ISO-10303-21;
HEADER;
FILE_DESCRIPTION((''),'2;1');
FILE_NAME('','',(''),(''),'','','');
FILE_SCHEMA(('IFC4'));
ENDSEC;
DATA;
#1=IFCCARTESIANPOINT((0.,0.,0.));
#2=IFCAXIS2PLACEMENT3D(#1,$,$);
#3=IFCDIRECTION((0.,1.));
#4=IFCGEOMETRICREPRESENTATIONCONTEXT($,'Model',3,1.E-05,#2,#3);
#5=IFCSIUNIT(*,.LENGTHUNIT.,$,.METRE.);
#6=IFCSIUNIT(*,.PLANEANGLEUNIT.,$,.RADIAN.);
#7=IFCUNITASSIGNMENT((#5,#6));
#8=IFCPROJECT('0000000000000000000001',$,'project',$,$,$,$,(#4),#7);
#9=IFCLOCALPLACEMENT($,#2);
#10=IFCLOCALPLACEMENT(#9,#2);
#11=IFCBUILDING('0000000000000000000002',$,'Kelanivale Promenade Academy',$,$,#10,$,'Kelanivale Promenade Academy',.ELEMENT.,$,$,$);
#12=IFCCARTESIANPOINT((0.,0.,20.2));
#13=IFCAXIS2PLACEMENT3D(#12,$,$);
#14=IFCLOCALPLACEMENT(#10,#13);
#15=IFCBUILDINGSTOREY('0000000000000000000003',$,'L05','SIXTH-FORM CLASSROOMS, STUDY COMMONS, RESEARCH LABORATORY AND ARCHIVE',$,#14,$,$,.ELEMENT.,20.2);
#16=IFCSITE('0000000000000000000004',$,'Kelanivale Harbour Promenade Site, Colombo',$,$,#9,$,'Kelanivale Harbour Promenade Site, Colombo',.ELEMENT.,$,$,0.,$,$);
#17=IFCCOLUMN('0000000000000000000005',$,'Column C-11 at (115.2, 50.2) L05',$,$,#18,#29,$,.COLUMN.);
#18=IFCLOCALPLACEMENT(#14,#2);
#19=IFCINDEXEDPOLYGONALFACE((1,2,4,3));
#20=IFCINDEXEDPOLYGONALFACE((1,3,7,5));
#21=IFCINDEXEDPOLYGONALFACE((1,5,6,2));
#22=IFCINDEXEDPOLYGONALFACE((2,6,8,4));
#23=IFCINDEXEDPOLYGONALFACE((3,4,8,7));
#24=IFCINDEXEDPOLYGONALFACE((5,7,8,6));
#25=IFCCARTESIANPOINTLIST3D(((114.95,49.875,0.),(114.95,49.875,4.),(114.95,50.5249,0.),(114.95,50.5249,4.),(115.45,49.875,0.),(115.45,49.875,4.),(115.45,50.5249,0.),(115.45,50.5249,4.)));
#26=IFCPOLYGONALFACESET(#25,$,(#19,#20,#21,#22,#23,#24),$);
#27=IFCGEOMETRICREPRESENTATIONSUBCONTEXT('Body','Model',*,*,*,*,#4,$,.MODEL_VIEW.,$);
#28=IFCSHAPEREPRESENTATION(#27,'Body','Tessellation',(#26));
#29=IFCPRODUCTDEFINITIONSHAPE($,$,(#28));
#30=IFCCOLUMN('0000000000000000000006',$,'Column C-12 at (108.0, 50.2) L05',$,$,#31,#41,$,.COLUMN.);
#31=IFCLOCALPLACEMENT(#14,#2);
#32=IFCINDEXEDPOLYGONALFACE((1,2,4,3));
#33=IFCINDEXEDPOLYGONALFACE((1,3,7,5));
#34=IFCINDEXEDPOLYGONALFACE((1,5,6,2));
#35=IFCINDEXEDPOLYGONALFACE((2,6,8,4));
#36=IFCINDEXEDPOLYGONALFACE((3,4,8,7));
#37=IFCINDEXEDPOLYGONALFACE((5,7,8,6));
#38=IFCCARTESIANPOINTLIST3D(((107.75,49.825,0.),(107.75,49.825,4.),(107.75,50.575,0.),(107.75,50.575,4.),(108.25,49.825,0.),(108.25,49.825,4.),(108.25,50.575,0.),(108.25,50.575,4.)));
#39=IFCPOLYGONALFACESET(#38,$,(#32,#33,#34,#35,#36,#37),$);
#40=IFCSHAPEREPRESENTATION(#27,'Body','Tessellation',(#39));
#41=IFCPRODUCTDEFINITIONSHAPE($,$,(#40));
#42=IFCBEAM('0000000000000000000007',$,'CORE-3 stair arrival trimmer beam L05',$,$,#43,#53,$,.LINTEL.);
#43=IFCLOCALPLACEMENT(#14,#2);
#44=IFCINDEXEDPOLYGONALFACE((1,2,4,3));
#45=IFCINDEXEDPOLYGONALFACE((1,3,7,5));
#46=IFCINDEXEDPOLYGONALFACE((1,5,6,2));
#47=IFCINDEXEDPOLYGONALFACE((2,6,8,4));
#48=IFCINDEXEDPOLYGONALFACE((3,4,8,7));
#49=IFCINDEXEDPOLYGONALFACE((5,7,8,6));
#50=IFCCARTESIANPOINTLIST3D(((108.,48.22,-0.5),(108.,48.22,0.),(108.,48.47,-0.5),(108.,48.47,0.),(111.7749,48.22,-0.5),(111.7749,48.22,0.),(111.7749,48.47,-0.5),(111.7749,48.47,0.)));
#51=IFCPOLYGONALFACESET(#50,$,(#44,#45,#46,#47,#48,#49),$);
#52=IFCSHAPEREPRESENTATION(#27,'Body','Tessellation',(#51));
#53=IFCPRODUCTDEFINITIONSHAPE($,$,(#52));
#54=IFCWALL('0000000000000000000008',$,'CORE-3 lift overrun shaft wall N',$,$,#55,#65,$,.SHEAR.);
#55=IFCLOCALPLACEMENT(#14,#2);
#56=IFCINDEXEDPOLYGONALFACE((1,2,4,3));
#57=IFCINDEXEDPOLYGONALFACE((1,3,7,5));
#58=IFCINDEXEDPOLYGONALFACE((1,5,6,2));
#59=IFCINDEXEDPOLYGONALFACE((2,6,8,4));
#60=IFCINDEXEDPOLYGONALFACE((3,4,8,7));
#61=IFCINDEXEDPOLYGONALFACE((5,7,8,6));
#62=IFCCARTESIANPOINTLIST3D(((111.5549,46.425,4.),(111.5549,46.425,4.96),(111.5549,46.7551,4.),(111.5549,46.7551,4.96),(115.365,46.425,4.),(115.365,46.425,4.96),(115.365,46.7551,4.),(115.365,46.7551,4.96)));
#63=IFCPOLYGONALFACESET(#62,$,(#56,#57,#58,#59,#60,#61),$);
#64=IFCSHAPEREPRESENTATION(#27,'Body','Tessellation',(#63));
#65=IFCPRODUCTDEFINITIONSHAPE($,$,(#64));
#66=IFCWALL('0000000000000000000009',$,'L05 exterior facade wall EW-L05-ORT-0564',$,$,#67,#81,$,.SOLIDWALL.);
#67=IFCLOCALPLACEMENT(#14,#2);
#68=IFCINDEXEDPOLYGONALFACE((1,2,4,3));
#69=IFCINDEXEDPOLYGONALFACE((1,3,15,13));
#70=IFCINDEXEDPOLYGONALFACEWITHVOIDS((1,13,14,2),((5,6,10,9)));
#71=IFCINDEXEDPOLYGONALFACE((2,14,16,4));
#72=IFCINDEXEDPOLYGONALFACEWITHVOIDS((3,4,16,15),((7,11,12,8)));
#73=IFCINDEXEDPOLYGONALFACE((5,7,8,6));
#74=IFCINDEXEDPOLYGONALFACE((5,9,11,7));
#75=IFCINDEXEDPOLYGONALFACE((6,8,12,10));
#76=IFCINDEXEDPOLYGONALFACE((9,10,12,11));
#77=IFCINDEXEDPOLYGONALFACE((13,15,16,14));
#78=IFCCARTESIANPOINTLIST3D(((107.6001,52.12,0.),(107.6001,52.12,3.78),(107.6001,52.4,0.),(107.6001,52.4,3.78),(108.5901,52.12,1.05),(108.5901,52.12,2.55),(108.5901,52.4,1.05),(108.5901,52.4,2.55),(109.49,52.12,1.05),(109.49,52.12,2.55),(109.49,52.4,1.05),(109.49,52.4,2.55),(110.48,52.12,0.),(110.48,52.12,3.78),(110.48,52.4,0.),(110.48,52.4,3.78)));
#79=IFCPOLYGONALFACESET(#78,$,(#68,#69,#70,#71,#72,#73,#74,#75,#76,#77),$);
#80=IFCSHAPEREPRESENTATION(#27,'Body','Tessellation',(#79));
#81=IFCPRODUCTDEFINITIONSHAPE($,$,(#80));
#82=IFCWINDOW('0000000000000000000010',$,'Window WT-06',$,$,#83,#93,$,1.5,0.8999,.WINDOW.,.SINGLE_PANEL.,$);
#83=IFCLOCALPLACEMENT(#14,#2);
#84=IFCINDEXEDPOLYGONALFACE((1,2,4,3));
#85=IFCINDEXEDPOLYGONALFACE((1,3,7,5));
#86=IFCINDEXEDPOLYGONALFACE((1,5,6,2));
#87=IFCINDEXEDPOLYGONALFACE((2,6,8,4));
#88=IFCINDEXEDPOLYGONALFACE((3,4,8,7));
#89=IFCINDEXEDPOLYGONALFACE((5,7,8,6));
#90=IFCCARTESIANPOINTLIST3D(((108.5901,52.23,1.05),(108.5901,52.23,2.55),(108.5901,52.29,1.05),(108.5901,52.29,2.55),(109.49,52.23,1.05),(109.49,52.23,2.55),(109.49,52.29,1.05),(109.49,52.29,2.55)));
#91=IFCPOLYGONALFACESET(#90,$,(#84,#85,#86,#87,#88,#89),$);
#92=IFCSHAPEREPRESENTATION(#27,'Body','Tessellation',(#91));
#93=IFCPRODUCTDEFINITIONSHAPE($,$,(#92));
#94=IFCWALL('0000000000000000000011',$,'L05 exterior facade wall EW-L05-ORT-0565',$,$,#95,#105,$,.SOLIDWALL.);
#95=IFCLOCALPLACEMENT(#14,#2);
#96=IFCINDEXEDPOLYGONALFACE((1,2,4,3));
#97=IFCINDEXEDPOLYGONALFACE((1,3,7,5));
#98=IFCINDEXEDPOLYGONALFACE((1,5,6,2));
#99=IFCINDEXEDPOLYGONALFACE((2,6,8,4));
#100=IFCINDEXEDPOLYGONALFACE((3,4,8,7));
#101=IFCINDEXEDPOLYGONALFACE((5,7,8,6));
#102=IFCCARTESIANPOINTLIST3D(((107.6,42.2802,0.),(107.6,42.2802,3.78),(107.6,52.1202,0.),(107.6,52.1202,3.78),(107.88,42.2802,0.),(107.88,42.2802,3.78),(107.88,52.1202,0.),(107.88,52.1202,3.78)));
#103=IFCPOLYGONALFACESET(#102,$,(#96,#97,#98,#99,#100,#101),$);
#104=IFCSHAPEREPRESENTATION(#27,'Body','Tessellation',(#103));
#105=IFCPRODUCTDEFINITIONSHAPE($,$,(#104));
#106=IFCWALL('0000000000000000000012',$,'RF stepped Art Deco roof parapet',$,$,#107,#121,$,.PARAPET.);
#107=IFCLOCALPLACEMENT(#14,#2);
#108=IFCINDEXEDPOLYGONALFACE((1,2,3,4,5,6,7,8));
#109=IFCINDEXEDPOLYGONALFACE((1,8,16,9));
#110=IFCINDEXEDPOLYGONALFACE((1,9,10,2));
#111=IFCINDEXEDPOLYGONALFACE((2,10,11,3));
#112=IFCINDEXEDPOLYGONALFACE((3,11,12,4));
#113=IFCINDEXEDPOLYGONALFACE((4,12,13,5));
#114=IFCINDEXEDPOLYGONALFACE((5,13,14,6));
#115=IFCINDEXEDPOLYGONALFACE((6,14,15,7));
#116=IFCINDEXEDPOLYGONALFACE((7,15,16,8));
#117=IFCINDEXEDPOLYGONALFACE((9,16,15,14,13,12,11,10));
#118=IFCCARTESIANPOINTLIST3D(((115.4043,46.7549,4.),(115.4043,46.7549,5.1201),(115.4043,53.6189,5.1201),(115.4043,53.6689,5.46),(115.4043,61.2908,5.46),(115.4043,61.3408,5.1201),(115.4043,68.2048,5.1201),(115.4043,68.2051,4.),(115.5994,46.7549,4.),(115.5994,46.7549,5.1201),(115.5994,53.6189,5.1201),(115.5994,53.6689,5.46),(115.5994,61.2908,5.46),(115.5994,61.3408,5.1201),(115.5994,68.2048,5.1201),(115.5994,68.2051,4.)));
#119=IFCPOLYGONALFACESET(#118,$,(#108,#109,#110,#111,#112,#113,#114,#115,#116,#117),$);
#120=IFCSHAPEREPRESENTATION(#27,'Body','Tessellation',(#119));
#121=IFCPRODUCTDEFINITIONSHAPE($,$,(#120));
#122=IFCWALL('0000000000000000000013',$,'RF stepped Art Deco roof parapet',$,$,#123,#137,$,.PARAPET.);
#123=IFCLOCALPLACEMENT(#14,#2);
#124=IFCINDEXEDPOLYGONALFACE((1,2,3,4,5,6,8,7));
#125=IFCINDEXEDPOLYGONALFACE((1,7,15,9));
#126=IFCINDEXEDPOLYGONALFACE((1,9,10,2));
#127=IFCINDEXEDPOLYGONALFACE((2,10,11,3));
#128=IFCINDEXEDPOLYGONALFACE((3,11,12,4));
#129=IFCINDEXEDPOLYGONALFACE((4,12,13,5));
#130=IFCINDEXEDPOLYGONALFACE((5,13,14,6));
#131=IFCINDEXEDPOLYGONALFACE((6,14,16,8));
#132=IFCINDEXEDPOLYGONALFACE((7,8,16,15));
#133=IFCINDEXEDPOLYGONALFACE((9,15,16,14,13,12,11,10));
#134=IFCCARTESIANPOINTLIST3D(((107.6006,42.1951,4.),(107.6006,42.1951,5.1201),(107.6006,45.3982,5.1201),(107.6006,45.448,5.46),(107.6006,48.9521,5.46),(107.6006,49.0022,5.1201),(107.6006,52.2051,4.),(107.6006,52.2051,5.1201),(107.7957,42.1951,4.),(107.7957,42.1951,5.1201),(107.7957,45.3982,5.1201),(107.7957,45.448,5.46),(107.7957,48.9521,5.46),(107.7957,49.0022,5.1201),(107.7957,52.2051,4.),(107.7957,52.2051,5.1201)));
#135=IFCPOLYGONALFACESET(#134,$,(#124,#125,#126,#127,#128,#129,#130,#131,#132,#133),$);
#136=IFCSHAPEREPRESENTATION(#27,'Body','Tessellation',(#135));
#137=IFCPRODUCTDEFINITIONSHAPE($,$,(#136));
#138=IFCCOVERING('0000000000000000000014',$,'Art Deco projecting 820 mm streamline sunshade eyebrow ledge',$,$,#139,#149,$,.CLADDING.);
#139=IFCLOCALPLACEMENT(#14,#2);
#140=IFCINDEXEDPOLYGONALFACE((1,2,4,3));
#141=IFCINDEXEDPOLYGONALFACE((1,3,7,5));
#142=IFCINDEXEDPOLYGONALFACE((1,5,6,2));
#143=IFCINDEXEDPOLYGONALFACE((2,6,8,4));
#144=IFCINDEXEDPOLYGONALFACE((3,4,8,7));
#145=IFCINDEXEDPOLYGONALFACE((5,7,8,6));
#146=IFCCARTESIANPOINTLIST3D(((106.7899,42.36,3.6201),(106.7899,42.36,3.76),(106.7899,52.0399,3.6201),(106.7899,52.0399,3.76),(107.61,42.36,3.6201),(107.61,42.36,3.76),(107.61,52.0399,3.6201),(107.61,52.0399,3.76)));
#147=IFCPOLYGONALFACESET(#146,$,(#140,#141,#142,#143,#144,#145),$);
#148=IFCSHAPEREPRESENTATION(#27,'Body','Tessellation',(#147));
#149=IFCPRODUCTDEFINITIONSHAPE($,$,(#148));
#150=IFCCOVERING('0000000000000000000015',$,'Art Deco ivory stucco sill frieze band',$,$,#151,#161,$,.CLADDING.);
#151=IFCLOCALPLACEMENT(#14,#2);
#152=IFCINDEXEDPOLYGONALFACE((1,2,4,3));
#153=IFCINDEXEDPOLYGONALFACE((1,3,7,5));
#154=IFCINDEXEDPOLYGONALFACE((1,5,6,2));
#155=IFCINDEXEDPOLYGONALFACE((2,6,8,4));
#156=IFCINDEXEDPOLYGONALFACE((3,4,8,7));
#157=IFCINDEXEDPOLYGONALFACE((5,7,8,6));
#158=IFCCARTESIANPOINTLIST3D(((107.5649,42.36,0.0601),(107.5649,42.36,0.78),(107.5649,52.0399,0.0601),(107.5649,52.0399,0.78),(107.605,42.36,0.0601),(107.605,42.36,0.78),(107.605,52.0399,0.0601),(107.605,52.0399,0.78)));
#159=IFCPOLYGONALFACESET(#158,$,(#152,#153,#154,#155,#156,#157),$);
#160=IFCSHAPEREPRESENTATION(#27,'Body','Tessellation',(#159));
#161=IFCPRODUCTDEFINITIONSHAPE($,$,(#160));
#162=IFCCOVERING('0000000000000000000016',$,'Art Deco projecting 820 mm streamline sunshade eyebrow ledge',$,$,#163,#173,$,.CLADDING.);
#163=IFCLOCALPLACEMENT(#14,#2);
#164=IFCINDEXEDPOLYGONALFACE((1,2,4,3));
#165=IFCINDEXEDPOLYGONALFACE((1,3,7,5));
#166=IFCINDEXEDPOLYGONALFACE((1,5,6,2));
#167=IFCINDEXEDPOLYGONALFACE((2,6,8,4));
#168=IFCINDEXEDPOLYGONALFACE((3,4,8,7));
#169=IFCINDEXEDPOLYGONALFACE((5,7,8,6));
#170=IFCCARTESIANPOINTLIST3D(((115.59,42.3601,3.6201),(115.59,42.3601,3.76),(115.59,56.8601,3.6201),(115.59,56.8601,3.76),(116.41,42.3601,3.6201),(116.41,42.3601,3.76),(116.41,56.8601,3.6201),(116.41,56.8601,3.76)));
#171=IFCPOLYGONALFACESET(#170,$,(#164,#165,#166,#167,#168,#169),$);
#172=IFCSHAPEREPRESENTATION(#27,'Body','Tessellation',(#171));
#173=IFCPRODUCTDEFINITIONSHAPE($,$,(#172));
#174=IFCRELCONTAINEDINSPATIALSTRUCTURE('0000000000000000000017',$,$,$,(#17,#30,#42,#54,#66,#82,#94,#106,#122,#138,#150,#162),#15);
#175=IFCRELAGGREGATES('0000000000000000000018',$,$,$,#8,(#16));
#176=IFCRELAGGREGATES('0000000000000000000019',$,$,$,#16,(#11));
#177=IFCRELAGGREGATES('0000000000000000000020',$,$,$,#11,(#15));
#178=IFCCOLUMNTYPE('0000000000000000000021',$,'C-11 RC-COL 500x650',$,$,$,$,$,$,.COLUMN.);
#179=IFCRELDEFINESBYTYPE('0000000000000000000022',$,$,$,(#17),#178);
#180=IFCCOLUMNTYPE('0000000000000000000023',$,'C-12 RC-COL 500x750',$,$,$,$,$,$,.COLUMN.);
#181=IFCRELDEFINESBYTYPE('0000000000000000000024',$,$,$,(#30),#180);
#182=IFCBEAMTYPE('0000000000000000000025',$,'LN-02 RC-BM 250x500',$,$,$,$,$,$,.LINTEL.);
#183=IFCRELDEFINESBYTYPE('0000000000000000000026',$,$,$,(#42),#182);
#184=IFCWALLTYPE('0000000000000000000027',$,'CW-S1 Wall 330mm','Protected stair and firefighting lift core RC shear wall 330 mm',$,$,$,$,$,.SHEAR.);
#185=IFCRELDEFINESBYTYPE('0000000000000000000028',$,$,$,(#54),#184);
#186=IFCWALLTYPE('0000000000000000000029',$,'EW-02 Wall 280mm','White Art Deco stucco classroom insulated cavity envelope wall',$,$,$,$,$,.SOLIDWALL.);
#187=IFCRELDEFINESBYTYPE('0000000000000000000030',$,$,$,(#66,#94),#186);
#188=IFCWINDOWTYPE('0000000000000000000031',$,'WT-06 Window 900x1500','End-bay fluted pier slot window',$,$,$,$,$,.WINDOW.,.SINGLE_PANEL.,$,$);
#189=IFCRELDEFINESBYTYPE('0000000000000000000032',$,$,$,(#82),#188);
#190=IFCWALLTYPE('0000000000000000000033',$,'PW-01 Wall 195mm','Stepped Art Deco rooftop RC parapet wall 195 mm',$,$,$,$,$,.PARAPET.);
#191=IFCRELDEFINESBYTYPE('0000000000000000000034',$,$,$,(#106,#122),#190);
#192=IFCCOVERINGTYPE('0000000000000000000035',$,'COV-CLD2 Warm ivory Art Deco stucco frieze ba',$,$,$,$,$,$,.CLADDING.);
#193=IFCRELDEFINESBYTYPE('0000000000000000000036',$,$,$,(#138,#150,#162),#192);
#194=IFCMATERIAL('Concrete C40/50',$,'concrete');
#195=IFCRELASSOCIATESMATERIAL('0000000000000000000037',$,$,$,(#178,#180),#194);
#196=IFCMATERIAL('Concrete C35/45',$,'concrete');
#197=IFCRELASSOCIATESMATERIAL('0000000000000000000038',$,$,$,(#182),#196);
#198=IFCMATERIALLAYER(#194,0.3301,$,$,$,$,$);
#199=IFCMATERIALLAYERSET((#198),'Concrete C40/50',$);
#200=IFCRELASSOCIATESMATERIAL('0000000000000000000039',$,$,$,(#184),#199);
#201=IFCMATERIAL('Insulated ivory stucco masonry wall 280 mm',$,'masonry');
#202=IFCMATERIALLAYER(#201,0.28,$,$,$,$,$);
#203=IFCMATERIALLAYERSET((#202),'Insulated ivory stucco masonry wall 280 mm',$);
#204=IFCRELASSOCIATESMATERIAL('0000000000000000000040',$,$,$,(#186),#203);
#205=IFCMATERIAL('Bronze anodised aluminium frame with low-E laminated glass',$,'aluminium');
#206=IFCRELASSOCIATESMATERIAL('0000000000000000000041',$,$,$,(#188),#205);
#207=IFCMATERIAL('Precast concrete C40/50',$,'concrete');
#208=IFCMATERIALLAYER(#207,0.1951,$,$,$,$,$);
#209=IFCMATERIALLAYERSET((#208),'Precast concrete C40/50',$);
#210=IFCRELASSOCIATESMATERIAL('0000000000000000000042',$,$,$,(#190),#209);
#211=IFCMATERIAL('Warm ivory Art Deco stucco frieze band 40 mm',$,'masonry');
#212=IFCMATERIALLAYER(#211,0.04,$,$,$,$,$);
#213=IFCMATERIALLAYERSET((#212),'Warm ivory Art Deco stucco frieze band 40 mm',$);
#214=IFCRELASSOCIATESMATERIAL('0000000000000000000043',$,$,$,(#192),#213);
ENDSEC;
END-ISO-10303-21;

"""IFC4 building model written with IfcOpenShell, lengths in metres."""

from ifc_helpers import new_model, si_unit, direction, frame, frame_2d, origin, origin_2d, place, context, subcontext, project, spatial, polyline, rectangle, outline, extrude, material, layer, layer_set, material_profile, profile_set, type_object, element, fill, save


model = new_model("IFC4")

# Units and contexts
model_context = context("Model", 3, precision=1e-05, world=origin(), true_north=direction((0.0, 1.0)))
body_context = subcontext(model_context, "Body", "Model", "MODEL_VIEW")
ifc_project = project(units=[si_unit("LENGTHUNIT", "METRE"), si_unit("PLANEANGLEUNIT", "RADIAN")], contexts=[model_context])

# Site, building, storey
site_placement = place(None, origin())
site = spatial("IfcSite", under=ifc_project, at=site_placement, Name="Kelanivale Harbour Promenade Site, Colombo", LongName="Kelanivale Harbour Promenade Site, Colombo", CompositionType="ELEMENT", RefElevation=0.0)
building_placement = place(site_placement, origin())
building = spatial("IfcBuilding", under=site, at=building_placement, Name="Kelanivale Promenade Academy", LongName="Kelanivale Promenade Academy", CompositionType="ELEMENT")
storey_placement = place(building_placement, frame((0.0, 0.0, 20.2)))
storey = spatial("IfcBuildingStorey", under=building, at=storey_placement, Name="L05", Description="SIXTH-FORM CLASSROOMS, STUDY COMMONS, RESEARCH LABORATORY AND ARCHIVE", CompositionType="ELEMENT", Elevation=20.2)

# Columns
ifc_material_1 = material(Name="Concrete C40/50", Category="concrete")
ifc_material_profile_1 = material_profile(ifc_material_1, rectangle(XDim=0.5, YDim=0.6499, at=origin_2d()), Name="RC-COL 500x650")
ifc_profile_set_1 = profile_set([ifc_material_profile_1], Name="Concrete C40/50")
column_type_1 = type_object("IfcColumnType", Name="C-11 RC-COL 500x650", PredefinedType="COLUMN", material=ifc_profile_set_1)
column_1_placement = place(storey_placement, frame((115.2, 50.2, 0.0), z_axis=(0.0, 0.0, 1.0), x_axis=(1.0, 0.0, 0.0)))
element("IfcColumn", 1, at=column_1_placement, inside=storey, type_object=column_type_1, Name="Column C-11 at (115.2, 50.2) L05", PredefinedType="COLUMN", context=body_context, shape_type="SweptSolid", body=[
    extrude(rectangle(XDim=0.5, YDim=0.6499, at=origin_2d()), origin(), (0.0, 0.0, 1.0), 4.0),
])
ifc_material_profile_2 = material_profile(ifc_material_1, rectangle(XDim=0.5, YDim=0.75, at=origin_2d()), Name="RC-COL 500x750")
ifc_profile_set_2 = profile_set([ifc_material_profile_2], Name="Concrete C40/50")
column_type_2 = type_object("IfcColumnType", Name="C-12 RC-COL 500x750", PredefinedType="COLUMN", material=ifc_profile_set_2)
column_2_placement = place(storey_placement, frame((108.0, 50.2, 0.0), z_axis=(0.0, 0.0, 1.0), x_axis=(1.0, 0.0, 0.0)))
element("IfcColumn", 2, at=column_2_placement, inside=storey, type_object=column_type_2, Name="Column C-12 at (108.0, 50.2) L05", PredefinedType="COLUMN", context=body_context, shape_type="SweptSolid", body=[
    extrude(rectangle(XDim=0.5, YDim=0.75, at=origin_2d()), origin(), (0.0, 0.0, 1.0), 4.0),
])

# Beam
ifc_material_2 = material(Name="Concrete C35/45", Category="concrete")
ifc_material_profile_3 = material_profile(ifc_material_2, rectangle(XDim=0.25, YDim=0.5, at=origin_2d()), Name="RC-BM 250x500")
ifc_profile_set_3 = profile_set([ifc_material_profile_3], Name="Concrete C35/45")
beam_type = type_object("IfcBeamType", Name="LN-02 RC-BM 250x500", PredefinedType="LINTEL", material=ifc_profile_set_3)
beam_placement = place(storey_placement, frame((108.0, 48.345, -0.25), z_axis=(1.0, 0.0, 0.0), x_axis=(0.0, 1.0, 0.0)))
element("IfcBeam", 3, at=beam_placement, inside=storey, type_object=beam_type, Name="CORE-3 stair arrival trimmer beam L05", PredefinedType="LINTEL", context=body_context, shape_type="SweptSolid", body=[
    extrude(rectangle(XDim=0.25, YDim=0.5, at=origin_2d()), origin(), (0.0, 0.0, 1.0), 3.7749),
])

# Shared definitions
ifc_layer_1 = layer(ifc_material_1, 0.3301)
ifc_layer_set_1 = layer_set([ifc_layer_1], Name="Concrete C40/50")
wall_type_1 = type_object("IfcWallType", Name="CW-S1 Wall 330mm", Description="Protected stair and firefighting lift core RC shear wall 330 mm", PredefinedType="SHEAR", material=ifc_layer_set_1)

# Wall
wall_1_placement = place(storey_placement, frame((111.5549, 46.5901, 4.0), z_axis=(0.0, 0.0, 1.0), x_axis=(1.0, 0.0, 0.0)))
element("IfcWall", 4, at=wall_1_placement, inside=storey, type_object=wall_type_1, Name="CORE-3 lift overrun shaft wall N", PredefinedType="SHEAR", context=body_context, shape_type="SweptSolid", body=[
    extrude(rectangle(XDim=3.8101, YDim=0.3301, at=frame_2d((1.905, 0.0))), origin(), (0.0, 0.0, 1.0), 0.96),
])

# Wall, opening, window
ifc_material_3 = material(Name="Insulated ivory stucco masonry wall 280 mm", Category="masonry")
ifc_layer_2 = layer(ifc_material_3, 0.28)
ifc_layer_set_2 = layer_set([ifc_layer_2], Name="Insulated ivory stucco masonry wall 280 mm")
wall_type_2 = type_object("IfcWallType", Name="EW-02 Wall 280mm", Description="White Art Deco stucco classroom insulated cavity envelope wall", PredefinedType="SOLIDWALL", material=ifc_layer_set_2)
wall_2_placement = place(storey_placement, frame((110.48, 52.26, 0.0), z_axis=(0.0, 0.0, 1.0), x_axis=(-1.0, 0.0, 0.0)))
wall_2 = element("IfcWall", 5, at=wall_2_placement, inside=storey, type_object=wall_type_2, Name="L05 exterior facade wall EW-L05-ORT-0564", PredefinedType="SOLIDWALL", context=body_context, shape_type="SweptSolid", body=[
    extrude(rectangle(XDim=2.8799, YDim=0.28, at=frame_2d((1.4399, 0.0))), origin(), (0.0, 0.0, 1.0), 3.78),
])
opening_1_placement = place(wall_2_placement, frame((0.99, 0.0, 1.05)))
opening_1 = element("IfcOpeningElement", 6, at=opening_1_placement, cuts=wall_2, PredefinedType="OPENING", context=body_context, shape_type="SweptSolid", body=[
    extrude(rectangle(XDim=0.8999, YDim=1.5, at=frame_2d((0.45, 0.75))), frame((0.0, 0.1499, 0.0), z_axis=(0.0, -1.0, 0.0), x_axis=(1.0, 0.0, 0.0)), (0.0, 0.0, 1.0), 0.3),
])
ifc_material_4 = material(Name="Bronze anodised aluminium frame with low-E laminated glass", Category="aluminium")
window_type = type_object("IfcWindowType", Name="WT-06 Window 900x1500", Description="End-bay fluted pier slot window", PartitioningType="SINGLE_PANEL", PredefinedType="WINDOW", material=ifc_material_4)
window_placement = place(opening_1_placement, origin())
window = element("IfcWindow", 7, at=window_placement, inside=storey, type_object=window_type, Name="Window WT-06", OverallHeight=1.5, OverallWidth=0.8999, PartitioningType="SINGLE_PANEL", PredefinedType="WINDOW", context=body_context, shape_type="SweptSolid", body=[
    extrude(rectangle(XDim=0.8999, YDim=1.5, at=frame_2d((0.45, 0.75))), frame((0.0, 0.03, 0.0), z_axis=(0.0, -1.0, 0.0), x_axis=(1.0, 0.0, 0.0)), (0.0, 0.0, 1.0), 0.0601),
])
fill(opening_1, window)

# Walls
wall_3_placement = place(storey_placement, frame((107.74, 52.1201, 0.0), z_axis=(0.0, 0.0, 1.0), x_axis=(0.0, -1.0, 0.0)))
element("IfcWall", 8, at=wall_3_placement, inside=storey, type_object=wall_type_2, Name="L05 exterior facade wall EW-L05-ORT-0565", PredefinedType="SOLIDWALL", context=body_context, shape_type="SweptSolid", body=[
    extrude(rectangle(XDim=9.8401, YDim=0.28, at=frame_2d((4.9199, 0.0))), origin(), (0.0, 0.0, 1.0), 3.78),
])
ifc_material_5 = material(Name="Precast concrete C40/50", Category="concrete")
ifc_layer_3 = layer(ifc_material_5, 0.1951)
ifc_layer_set_3 = layer_set([ifc_layer_3], Name="Precast concrete C40/50")
wall_type_3 = type_object("IfcWallType", Name="PW-01 Wall 195mm", Description="Stepped Art Deco rooftop RC parapet wall 195 mm", PredefinedType="PARAPET", material=ifc_layer_set_3)
wall_4_placement = place(storey_placement, frame((115.502, 46.7549, 4.0), z_axis=(0.0, 0.0, 1.0), x_axis=(0.0, 1.0, 0.0)))
element("IfcWall", 9, at=wall_4_placement, inside=storey, type_object=wall_type_3, Name="RF stepped Art Deco roof parapet", PredefinedType="PARAPET", context=body_context, shape_type="SweptSolid", body=[
    extrude(outline(polyline([(0.0, 0.0), (21.4502, 0.0), (21.45, 1.1201), (14.5859, 1.1201), (14.5359, 1.46), (6.9141, 1.46), (6.864, 1.1201), (0.0, 1.1201), (0.0, 0.0)])), frame((0.0, 0.0977, 0.0), z_axis=(0.0, -1.0, 0.0), x_axis=(1.0, 0.0, 0.0)), (0.0, 0.0, 1.0), 0.1951),
])
wall_5_placement = place(storey_placement, frame((107.698, 52.2051, 4.0), z_axis=(0.0, 0.0, 1.0), x_axis=(0.0, -1.0, 0.0)))
element("IfcWall", 10, at=wall_5_placement, inside=storey, type_object=wall_type_3, Name="RF stepped Art Deco roof parapet", PredefinedType="PARAPET", context=body_context, shape_type="SweptSolid", body=[
    extrude(outline(polyline([(0.0, 0.0), (10.01, 0.0), (10.01, 1.1201), (6.8069, 1.1201), (6.7571, 1.46), (3.2529, 1.46), (3.2029, 1.1201), (0.0, 1.1201), (0.0, 0.0)])), frame((0.0, 0.0977, 0.0), z_axis=(0.0, -1.0, 0.0), x_axis=(1.0, 0.0, 0.0)), (0.0, 0.0, 1.0), 0.1951),
])

# Coverings
ifc_material_6 = material(Name="Warm ivory Art Deco stucco frieze band 40 mm", Category="masonry")
ifc_layer_4 = layer(ifc_material_6, 0.04)
ifc_layer_set_4 = layer_set([ifc_layer_4], Name="Warm ivory Art Deco stucco frieze band 40 mm")
covering_type = type_object("IfcCoveringType", Name="COV-CLD2 Warm ivory Art Deco stucco frieze ba", PredefinedType="CLADDING", material=ifc_layer_set_4)
covering_1_placement = place(storey_placement, frame((107.2, 47.2, 3.6201), z_axis=(0.0, 0.0, 1.0), x_axis=(0.0, -1.0, 0.0)))
element("IfcCovering", 11, at=covering_1_placement, inside=storey, type_object=covering_type, Name="Art Deco projecting 820 mm streamline sunshade eyebrow ledge", PredefinedType="CLADDING", context=body_context, shape_type="SweptSolid", body=[
    extrude(rectangle(XDim=9.6799, YDim=0.8201, at=origin_2d()), origin(), (0.0, 0.0, 1.0), 0.1399),
])
covering_2_placement = place(storey_placement, frame((107.585, 47.2, 0.0601), z_axis=(0.0, 0.0, 1.0), x_axis=(0.0, -1.0, 0.0)))
element("IfcCovering", 12, at=covering_2_placement, inside=storey, type_object=covering_type, Name="Art Deco ivory stucco sill frieze band", PredefinedType="CLADDING", context=body_context, shape_type="SweptSolid", body=[
    extrude(rectangle(XDim=9.6799, YDim=0.04, at=origin_2d()), origin(), (0.0, 0.0, 1.0), 0.72),
])
covering_3_placement = place(storey_placement, frame((116.0, 49.6101, 3.6201), z_axis=(0.0, 0.0, 1.0), x_axis=(0.0, 1.0, 0.0)))
element("IfcCovering", 13, at=covering_3_placement, inside=storey, type_object=covering_type, Name="Art Deco projecting 820 mm streamline sunshade eyebrow ledge", PredefinedType="CLADDING", context=body_context, shape_type="SweptSolid", body=[
    extrude(rectangle(XDim=14.5, YDim=0.8201, at=origin_2d()), origin(), (0.0, 0.0, 1.0), 0.1399),
])

save(model, "model.ifc")
